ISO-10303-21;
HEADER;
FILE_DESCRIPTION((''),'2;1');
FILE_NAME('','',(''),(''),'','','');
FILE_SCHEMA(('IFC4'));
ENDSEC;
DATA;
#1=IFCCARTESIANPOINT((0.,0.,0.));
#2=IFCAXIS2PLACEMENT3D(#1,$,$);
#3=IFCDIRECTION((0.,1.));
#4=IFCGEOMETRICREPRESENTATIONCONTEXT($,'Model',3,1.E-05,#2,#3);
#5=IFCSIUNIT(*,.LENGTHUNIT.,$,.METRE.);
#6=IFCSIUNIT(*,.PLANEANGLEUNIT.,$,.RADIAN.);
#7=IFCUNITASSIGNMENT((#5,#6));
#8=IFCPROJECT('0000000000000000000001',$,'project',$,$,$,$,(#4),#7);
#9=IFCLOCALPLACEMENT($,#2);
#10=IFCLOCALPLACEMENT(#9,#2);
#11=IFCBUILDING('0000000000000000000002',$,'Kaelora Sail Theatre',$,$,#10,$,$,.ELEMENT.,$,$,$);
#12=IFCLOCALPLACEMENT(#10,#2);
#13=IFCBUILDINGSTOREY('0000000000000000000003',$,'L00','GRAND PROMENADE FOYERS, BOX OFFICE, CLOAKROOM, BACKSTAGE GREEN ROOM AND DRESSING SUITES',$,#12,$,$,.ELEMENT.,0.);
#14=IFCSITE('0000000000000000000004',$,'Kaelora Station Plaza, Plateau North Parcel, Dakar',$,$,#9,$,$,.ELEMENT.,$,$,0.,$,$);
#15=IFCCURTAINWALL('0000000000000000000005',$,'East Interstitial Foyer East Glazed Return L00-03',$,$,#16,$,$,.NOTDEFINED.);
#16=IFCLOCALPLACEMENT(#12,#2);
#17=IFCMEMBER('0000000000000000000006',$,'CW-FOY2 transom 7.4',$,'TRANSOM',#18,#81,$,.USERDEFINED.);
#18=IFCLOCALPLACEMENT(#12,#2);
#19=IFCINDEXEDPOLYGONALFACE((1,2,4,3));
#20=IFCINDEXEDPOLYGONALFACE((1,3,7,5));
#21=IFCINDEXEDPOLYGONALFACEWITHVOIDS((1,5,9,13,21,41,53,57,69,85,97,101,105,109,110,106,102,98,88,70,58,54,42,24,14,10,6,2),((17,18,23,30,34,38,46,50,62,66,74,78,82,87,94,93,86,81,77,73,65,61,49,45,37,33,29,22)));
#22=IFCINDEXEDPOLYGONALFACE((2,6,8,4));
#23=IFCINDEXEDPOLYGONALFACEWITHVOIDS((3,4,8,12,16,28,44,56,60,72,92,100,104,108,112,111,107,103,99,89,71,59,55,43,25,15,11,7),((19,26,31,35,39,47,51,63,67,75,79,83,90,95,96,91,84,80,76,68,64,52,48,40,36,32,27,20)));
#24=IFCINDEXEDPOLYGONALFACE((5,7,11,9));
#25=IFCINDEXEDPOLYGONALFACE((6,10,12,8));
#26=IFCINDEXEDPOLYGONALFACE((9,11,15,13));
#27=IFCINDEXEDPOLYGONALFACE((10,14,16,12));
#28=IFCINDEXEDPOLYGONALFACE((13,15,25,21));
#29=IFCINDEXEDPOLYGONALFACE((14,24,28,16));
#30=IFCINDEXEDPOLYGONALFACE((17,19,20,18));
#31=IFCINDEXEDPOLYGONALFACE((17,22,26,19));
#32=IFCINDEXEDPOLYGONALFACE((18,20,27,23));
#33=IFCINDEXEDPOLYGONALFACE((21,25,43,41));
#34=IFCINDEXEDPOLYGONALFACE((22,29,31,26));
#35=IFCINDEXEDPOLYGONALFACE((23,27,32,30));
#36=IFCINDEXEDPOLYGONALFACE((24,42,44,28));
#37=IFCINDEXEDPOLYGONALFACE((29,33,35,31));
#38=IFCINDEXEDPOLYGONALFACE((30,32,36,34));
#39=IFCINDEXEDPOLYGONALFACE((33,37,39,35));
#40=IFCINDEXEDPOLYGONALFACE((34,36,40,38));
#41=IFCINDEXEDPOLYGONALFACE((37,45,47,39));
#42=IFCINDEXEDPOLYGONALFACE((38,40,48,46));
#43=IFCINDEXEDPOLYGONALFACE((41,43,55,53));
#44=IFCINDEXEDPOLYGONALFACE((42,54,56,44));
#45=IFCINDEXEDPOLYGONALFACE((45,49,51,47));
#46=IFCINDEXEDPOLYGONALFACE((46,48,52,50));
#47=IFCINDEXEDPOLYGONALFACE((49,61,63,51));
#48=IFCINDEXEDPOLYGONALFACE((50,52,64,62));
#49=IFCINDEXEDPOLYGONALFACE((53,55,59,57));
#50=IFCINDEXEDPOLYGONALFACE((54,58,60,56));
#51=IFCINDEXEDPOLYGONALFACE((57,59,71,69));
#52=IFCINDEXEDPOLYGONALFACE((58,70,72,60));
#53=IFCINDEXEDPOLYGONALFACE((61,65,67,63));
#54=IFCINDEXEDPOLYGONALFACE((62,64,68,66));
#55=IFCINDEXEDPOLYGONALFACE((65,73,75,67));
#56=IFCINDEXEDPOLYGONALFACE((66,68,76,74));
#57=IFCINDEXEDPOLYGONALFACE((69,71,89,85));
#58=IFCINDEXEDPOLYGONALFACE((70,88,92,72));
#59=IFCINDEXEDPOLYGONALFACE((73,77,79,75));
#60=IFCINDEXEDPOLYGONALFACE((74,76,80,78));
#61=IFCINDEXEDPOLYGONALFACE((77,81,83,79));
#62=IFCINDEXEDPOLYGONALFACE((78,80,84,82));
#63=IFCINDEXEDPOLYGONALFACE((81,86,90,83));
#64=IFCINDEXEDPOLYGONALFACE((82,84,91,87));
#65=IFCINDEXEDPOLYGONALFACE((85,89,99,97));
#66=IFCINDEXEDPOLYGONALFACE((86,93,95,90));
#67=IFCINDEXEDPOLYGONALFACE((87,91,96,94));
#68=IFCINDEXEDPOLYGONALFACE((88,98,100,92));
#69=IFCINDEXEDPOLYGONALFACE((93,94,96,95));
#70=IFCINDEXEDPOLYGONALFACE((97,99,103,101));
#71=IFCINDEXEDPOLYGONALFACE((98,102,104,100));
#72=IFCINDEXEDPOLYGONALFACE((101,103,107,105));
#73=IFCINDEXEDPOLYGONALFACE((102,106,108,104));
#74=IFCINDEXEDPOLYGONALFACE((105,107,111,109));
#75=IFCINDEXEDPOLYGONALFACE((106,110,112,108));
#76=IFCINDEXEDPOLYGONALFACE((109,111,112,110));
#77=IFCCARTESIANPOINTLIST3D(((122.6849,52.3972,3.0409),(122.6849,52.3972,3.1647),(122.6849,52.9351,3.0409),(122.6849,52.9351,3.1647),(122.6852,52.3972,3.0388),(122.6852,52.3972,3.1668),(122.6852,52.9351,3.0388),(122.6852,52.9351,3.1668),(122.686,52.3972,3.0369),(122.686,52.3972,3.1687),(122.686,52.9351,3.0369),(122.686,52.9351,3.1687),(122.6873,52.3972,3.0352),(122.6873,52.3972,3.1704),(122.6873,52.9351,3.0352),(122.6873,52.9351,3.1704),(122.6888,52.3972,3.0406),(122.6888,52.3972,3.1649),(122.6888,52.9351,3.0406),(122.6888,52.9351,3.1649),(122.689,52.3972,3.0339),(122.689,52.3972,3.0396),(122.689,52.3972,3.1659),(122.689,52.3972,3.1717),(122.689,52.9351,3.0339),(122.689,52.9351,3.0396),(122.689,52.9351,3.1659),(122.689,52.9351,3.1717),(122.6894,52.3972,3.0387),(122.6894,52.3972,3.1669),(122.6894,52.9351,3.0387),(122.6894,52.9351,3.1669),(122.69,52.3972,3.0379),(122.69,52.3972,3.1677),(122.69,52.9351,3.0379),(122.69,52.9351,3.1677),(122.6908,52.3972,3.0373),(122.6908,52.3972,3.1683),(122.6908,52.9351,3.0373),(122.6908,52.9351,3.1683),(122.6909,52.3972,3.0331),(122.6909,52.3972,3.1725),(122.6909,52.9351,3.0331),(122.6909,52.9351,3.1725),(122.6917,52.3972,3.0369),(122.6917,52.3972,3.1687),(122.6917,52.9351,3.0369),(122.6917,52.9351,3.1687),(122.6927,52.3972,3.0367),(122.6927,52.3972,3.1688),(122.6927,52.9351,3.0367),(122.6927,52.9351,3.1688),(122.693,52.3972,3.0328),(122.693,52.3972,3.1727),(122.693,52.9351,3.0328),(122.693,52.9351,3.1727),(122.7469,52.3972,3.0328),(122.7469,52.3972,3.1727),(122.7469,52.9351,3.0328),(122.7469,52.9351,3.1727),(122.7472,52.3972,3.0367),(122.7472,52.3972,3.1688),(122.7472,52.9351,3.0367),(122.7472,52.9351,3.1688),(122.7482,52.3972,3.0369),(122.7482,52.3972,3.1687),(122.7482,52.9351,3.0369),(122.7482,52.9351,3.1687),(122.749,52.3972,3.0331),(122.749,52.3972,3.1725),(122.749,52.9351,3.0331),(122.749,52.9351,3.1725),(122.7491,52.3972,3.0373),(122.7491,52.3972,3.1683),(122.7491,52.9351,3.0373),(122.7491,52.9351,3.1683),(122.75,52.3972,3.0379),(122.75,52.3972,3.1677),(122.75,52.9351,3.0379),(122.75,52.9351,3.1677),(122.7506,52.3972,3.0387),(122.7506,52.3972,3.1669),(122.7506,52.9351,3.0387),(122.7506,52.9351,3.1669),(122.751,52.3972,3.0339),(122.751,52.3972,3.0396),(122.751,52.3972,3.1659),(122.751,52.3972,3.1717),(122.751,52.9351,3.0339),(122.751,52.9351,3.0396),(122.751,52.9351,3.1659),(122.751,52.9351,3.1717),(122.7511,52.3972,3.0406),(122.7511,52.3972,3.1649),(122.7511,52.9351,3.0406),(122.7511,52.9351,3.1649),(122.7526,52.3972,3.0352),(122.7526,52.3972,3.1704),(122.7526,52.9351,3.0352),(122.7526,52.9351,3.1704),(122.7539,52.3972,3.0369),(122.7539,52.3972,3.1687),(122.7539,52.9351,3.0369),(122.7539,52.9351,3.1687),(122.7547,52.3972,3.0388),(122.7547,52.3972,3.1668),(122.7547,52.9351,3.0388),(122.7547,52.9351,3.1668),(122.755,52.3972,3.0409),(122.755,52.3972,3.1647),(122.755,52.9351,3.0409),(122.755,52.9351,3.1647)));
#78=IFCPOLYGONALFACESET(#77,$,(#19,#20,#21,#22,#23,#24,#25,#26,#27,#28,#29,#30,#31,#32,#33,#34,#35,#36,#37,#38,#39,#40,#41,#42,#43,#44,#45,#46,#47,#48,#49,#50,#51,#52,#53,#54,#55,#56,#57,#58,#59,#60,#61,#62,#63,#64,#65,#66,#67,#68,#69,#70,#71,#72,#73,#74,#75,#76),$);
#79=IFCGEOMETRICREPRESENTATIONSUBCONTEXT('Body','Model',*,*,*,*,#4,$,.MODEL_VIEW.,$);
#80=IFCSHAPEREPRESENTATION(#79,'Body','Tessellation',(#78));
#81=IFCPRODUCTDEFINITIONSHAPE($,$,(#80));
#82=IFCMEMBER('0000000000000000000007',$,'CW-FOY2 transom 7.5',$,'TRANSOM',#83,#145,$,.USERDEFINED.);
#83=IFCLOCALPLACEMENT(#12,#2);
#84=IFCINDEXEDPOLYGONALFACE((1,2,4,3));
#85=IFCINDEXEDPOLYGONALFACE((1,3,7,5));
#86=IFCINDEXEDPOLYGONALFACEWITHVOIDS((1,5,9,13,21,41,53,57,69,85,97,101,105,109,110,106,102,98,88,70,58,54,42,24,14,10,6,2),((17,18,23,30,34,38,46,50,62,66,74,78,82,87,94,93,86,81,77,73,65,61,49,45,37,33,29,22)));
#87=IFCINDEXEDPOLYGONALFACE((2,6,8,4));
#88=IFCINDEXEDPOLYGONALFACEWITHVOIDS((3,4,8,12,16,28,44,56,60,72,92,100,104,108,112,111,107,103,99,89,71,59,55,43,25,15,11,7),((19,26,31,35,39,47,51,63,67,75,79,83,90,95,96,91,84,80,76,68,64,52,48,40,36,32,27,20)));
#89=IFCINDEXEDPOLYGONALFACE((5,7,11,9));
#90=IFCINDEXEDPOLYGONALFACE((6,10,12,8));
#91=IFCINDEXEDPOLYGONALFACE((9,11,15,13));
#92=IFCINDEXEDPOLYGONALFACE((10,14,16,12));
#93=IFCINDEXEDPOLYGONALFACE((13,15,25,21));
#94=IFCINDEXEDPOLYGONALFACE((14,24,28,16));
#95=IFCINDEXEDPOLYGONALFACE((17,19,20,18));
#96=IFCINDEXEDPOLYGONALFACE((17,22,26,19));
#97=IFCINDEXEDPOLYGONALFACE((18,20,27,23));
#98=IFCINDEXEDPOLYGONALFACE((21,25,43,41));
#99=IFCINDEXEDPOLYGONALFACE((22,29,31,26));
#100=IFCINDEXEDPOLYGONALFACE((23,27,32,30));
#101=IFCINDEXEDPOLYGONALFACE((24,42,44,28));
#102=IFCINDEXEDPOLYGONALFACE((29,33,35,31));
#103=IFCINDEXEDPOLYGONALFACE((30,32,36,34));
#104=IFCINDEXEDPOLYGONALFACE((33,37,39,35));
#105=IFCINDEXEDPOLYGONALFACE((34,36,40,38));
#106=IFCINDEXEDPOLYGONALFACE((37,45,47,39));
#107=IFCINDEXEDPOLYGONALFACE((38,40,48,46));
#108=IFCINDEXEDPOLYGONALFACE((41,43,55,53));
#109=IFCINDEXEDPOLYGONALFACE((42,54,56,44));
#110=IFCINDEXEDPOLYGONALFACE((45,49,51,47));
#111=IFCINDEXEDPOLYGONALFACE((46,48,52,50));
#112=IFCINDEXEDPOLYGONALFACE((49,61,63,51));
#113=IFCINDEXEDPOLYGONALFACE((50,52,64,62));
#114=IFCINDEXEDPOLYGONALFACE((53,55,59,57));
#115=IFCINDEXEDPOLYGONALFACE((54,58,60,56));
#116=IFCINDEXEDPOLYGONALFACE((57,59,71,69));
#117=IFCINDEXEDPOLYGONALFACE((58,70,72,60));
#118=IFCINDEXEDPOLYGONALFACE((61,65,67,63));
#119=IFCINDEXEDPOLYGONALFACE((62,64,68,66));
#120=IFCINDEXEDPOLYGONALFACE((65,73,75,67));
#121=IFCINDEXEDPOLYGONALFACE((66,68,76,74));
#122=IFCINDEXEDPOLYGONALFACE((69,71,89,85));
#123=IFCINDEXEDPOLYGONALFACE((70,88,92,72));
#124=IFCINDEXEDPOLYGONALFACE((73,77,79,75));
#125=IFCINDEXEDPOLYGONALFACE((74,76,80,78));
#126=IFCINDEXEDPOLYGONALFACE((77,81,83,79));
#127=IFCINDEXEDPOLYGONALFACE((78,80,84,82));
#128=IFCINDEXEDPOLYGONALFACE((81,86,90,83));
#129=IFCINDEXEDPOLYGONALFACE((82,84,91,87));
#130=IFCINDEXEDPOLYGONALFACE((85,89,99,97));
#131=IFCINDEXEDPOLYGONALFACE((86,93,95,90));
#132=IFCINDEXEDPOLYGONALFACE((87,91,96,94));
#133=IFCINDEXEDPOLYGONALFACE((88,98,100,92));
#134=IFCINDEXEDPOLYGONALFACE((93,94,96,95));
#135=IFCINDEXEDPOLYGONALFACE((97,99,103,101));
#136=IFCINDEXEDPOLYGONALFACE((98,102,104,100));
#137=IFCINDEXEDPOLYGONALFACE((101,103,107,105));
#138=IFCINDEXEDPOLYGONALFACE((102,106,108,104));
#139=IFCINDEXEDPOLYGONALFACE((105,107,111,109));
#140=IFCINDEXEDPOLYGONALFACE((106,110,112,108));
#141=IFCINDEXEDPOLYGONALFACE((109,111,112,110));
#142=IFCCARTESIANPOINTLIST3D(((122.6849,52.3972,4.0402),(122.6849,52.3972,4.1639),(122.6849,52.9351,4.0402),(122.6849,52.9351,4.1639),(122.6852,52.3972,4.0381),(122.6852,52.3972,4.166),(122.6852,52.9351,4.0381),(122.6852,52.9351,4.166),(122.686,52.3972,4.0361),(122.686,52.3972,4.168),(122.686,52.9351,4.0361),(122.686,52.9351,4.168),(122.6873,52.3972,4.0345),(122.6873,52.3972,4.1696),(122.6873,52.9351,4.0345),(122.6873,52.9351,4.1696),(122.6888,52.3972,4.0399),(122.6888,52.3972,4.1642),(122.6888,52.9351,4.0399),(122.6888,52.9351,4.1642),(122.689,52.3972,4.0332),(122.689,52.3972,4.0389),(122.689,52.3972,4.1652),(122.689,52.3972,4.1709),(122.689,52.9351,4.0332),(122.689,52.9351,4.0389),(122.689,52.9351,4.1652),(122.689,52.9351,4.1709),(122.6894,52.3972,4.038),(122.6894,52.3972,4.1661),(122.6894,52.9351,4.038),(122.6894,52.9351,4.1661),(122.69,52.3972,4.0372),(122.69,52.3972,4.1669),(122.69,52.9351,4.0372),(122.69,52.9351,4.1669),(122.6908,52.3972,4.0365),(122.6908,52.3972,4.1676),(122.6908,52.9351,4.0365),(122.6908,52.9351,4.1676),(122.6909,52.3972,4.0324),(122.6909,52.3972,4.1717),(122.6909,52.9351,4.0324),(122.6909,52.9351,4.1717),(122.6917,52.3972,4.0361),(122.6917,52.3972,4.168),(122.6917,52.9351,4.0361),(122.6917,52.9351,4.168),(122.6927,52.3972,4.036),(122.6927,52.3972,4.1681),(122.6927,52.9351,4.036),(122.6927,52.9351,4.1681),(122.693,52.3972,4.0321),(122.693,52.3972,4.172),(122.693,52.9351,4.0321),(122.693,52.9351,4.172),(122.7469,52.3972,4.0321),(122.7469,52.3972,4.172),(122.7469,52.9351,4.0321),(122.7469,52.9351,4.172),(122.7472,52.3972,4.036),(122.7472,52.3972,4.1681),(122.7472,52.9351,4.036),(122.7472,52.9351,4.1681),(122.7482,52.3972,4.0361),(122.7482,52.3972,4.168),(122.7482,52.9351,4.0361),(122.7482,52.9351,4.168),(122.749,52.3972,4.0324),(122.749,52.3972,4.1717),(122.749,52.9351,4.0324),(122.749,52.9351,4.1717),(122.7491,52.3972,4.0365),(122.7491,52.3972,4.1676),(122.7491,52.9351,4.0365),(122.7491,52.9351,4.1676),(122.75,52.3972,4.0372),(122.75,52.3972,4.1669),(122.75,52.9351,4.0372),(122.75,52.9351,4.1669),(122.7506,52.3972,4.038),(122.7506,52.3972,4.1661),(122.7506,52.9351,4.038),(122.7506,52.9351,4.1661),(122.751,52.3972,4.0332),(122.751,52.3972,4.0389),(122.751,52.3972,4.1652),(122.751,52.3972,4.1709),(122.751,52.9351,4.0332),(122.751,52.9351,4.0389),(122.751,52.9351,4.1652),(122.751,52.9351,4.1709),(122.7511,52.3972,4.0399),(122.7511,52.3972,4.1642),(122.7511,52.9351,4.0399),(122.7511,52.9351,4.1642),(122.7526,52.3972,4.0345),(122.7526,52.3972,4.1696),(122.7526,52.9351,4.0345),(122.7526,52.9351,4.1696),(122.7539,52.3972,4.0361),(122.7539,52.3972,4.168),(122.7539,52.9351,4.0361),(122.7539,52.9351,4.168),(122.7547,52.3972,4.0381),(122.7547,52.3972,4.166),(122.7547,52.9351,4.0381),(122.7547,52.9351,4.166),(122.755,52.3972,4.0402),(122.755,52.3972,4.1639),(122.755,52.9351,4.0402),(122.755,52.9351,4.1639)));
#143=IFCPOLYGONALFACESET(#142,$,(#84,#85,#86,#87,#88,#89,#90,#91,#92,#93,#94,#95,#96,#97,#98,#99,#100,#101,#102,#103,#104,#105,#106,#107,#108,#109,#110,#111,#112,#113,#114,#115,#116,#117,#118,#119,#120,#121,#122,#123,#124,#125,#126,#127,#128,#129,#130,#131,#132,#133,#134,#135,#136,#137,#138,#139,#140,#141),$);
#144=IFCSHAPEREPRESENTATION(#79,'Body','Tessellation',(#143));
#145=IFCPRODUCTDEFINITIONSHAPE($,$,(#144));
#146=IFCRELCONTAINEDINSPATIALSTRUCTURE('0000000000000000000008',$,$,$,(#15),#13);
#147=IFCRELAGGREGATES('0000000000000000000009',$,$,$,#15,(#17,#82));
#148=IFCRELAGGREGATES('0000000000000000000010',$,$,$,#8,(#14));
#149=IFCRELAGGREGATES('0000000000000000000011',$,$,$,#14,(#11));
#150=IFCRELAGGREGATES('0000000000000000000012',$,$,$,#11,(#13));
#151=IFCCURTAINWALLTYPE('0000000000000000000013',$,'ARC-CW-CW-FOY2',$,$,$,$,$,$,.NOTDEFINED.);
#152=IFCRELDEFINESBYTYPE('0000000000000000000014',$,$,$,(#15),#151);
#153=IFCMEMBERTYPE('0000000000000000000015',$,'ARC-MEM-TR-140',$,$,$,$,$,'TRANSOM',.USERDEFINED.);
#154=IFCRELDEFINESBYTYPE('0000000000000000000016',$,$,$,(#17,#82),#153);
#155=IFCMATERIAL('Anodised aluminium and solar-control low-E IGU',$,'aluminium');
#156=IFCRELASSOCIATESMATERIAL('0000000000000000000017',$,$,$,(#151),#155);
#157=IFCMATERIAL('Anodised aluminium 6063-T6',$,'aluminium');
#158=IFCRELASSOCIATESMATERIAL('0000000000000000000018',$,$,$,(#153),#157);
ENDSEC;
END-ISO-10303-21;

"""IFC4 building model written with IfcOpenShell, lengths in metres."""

from ifc_helpers import new_model, si_unit, direction, frame, origin, origin_2d, place, context, subcontext, project, spatial, hollow_rectangle, extrude, material, material_profile, profile_set, type_object, element, aggregate, save


model = new_model("IFC4")

# Units and contexts
model_context = context("Model", 3, precision=1e-05, world=origin(), true_north=direction((0.0, 1.0)))
body_context = subcontext(model_context, "Body", "Model", "MODEL_VIEW")
ifc_project = project(units=[si_unit("LENGTHUNIT", "METRE"), si_unit("PLANEANGLEUNIT", "RADIAN")], contexts=[model_context])

# Site, building, storey
site_placement = place(None, origin())
site = spatial("IfcSite", under=ifc_project, at=site_placement, Name="Kaelora Station Plaza, Plateau North Parcel, Dakar", CompositionType="ELEMENT", RefElevation=0.0)
building_placement = place(site_placement, origin())
building = spatial("IfcBuilding", under=site, at=building_placement, Name="Kaelora Sail Theatre", CompositionType="ELEMENT")
storey_placement = place(building_placement, origin())
storey = spatial("IfcBuildingStorey", under=building, at=storey_placement, Name="L00", Description="GRAND PROMENADE FOYERS, BOX OFFICE, CLOAKROOM, BACKSTAGE GREEN ROOM AND DRESSING SUITES", CompositionType="ELEMENT", Elevation=0.0)

# Curtain wall
ifc_material_1 = material(Name="Anodised aluminium and solar-control low-E IGU", Category="aluminium")
curtain_wall_type = type_object("IfcCurtainWallType", Name="ARC-CW-CW-FOY2", PredefinedType="NOTDEFINED", material=ifc_material_1)
curtain_wall_1_placement = place(storey_placement, origin())
curtain_wall_1 = element("IfcCurtainWall", 1, at=curtain_wall_1_placement, inside=storey, type_object=curtain_wall_type, Name="East Interstitial Foyer East Glazed Return L00-03", PredefinedType="NOTDEFINED")

# Members
ifc_material_2 = material(Name="Anodised aluminium 6063-T6", Category="aluminium")
ifc_material_profile_1 = material_profile(ifc_material_2, hollow_rectangle(XDim=0.0701, YDim=0.1399, WallThickness=0.0039, InnerFilletRadius=0.0039, OuterFilletRadius=0.0081, at=origin_2d()), Name="ALU-TRAN 70x140x4")
ifc_profile_set_1 = profile_set([ifc_material_profile_1], Name="Anodised aluminium 6063-T6")
member_type_1 = type_object("IfcMemberType", Name="ARC-MEM-TR-140", ElementType="TRANSOM", PredefinedType="USERDEFINED", material=ifc_profile_set_1)
member_1_placement = place(storey_placement, frame((122.72, 52.3972, 3.1028), z_axis=(0.0, 1.0, 0.0), x_axis=(-1.0, 0.0, 0.0)))
member_1 = element("IfcMember", 2, at=member_1_placement, type_object=member_type_1, Name="CW-FOY2 transom 7.4", ObjectType="TRANSOM", PredefinedType="USERDEFINED", context=body_context, shape_type="SweptSolid", body=[
    extrude(hollow_rectangle(XDim=0.0701, YDim=0.1399, WallThickness=0.0039, InnerFilletRadius=0.0039, OuterFilletRadius=0.0081, at=origin_2d()), origin(), (0.0, 0.0, 1.0), 0.5378),
])
member_2_placement = place(storey_placement, frame((122.72, 52.3972, 4.1021), z_axis=(0.0, 1.0, 0.0), x_axis=(-1.0, 0.0, 0.0)))
member_2 = element("IfcMember", 3, at=member_2_placement, type_object=member_type_1, Name="CW-FOY2 transom 7.5", ObjectType="TRANSOM", PredefinedType="USERDEFINED", context=body_context, shape_type="SweptSolid", body=[
    extrude(hollow_rectangle(XDim=0.0701, YDim=0.1399, WallThickness=0.0039, InnerFilletRadius=0.0039, OuterFilletRadius=0.0081, at=origin_2d()), origin(), (0.0, 0.0, 1.0), 0.5378),
])

aggregate(curtain_wall_1, [member_1, member_2])

save(model, "model.ifc")
